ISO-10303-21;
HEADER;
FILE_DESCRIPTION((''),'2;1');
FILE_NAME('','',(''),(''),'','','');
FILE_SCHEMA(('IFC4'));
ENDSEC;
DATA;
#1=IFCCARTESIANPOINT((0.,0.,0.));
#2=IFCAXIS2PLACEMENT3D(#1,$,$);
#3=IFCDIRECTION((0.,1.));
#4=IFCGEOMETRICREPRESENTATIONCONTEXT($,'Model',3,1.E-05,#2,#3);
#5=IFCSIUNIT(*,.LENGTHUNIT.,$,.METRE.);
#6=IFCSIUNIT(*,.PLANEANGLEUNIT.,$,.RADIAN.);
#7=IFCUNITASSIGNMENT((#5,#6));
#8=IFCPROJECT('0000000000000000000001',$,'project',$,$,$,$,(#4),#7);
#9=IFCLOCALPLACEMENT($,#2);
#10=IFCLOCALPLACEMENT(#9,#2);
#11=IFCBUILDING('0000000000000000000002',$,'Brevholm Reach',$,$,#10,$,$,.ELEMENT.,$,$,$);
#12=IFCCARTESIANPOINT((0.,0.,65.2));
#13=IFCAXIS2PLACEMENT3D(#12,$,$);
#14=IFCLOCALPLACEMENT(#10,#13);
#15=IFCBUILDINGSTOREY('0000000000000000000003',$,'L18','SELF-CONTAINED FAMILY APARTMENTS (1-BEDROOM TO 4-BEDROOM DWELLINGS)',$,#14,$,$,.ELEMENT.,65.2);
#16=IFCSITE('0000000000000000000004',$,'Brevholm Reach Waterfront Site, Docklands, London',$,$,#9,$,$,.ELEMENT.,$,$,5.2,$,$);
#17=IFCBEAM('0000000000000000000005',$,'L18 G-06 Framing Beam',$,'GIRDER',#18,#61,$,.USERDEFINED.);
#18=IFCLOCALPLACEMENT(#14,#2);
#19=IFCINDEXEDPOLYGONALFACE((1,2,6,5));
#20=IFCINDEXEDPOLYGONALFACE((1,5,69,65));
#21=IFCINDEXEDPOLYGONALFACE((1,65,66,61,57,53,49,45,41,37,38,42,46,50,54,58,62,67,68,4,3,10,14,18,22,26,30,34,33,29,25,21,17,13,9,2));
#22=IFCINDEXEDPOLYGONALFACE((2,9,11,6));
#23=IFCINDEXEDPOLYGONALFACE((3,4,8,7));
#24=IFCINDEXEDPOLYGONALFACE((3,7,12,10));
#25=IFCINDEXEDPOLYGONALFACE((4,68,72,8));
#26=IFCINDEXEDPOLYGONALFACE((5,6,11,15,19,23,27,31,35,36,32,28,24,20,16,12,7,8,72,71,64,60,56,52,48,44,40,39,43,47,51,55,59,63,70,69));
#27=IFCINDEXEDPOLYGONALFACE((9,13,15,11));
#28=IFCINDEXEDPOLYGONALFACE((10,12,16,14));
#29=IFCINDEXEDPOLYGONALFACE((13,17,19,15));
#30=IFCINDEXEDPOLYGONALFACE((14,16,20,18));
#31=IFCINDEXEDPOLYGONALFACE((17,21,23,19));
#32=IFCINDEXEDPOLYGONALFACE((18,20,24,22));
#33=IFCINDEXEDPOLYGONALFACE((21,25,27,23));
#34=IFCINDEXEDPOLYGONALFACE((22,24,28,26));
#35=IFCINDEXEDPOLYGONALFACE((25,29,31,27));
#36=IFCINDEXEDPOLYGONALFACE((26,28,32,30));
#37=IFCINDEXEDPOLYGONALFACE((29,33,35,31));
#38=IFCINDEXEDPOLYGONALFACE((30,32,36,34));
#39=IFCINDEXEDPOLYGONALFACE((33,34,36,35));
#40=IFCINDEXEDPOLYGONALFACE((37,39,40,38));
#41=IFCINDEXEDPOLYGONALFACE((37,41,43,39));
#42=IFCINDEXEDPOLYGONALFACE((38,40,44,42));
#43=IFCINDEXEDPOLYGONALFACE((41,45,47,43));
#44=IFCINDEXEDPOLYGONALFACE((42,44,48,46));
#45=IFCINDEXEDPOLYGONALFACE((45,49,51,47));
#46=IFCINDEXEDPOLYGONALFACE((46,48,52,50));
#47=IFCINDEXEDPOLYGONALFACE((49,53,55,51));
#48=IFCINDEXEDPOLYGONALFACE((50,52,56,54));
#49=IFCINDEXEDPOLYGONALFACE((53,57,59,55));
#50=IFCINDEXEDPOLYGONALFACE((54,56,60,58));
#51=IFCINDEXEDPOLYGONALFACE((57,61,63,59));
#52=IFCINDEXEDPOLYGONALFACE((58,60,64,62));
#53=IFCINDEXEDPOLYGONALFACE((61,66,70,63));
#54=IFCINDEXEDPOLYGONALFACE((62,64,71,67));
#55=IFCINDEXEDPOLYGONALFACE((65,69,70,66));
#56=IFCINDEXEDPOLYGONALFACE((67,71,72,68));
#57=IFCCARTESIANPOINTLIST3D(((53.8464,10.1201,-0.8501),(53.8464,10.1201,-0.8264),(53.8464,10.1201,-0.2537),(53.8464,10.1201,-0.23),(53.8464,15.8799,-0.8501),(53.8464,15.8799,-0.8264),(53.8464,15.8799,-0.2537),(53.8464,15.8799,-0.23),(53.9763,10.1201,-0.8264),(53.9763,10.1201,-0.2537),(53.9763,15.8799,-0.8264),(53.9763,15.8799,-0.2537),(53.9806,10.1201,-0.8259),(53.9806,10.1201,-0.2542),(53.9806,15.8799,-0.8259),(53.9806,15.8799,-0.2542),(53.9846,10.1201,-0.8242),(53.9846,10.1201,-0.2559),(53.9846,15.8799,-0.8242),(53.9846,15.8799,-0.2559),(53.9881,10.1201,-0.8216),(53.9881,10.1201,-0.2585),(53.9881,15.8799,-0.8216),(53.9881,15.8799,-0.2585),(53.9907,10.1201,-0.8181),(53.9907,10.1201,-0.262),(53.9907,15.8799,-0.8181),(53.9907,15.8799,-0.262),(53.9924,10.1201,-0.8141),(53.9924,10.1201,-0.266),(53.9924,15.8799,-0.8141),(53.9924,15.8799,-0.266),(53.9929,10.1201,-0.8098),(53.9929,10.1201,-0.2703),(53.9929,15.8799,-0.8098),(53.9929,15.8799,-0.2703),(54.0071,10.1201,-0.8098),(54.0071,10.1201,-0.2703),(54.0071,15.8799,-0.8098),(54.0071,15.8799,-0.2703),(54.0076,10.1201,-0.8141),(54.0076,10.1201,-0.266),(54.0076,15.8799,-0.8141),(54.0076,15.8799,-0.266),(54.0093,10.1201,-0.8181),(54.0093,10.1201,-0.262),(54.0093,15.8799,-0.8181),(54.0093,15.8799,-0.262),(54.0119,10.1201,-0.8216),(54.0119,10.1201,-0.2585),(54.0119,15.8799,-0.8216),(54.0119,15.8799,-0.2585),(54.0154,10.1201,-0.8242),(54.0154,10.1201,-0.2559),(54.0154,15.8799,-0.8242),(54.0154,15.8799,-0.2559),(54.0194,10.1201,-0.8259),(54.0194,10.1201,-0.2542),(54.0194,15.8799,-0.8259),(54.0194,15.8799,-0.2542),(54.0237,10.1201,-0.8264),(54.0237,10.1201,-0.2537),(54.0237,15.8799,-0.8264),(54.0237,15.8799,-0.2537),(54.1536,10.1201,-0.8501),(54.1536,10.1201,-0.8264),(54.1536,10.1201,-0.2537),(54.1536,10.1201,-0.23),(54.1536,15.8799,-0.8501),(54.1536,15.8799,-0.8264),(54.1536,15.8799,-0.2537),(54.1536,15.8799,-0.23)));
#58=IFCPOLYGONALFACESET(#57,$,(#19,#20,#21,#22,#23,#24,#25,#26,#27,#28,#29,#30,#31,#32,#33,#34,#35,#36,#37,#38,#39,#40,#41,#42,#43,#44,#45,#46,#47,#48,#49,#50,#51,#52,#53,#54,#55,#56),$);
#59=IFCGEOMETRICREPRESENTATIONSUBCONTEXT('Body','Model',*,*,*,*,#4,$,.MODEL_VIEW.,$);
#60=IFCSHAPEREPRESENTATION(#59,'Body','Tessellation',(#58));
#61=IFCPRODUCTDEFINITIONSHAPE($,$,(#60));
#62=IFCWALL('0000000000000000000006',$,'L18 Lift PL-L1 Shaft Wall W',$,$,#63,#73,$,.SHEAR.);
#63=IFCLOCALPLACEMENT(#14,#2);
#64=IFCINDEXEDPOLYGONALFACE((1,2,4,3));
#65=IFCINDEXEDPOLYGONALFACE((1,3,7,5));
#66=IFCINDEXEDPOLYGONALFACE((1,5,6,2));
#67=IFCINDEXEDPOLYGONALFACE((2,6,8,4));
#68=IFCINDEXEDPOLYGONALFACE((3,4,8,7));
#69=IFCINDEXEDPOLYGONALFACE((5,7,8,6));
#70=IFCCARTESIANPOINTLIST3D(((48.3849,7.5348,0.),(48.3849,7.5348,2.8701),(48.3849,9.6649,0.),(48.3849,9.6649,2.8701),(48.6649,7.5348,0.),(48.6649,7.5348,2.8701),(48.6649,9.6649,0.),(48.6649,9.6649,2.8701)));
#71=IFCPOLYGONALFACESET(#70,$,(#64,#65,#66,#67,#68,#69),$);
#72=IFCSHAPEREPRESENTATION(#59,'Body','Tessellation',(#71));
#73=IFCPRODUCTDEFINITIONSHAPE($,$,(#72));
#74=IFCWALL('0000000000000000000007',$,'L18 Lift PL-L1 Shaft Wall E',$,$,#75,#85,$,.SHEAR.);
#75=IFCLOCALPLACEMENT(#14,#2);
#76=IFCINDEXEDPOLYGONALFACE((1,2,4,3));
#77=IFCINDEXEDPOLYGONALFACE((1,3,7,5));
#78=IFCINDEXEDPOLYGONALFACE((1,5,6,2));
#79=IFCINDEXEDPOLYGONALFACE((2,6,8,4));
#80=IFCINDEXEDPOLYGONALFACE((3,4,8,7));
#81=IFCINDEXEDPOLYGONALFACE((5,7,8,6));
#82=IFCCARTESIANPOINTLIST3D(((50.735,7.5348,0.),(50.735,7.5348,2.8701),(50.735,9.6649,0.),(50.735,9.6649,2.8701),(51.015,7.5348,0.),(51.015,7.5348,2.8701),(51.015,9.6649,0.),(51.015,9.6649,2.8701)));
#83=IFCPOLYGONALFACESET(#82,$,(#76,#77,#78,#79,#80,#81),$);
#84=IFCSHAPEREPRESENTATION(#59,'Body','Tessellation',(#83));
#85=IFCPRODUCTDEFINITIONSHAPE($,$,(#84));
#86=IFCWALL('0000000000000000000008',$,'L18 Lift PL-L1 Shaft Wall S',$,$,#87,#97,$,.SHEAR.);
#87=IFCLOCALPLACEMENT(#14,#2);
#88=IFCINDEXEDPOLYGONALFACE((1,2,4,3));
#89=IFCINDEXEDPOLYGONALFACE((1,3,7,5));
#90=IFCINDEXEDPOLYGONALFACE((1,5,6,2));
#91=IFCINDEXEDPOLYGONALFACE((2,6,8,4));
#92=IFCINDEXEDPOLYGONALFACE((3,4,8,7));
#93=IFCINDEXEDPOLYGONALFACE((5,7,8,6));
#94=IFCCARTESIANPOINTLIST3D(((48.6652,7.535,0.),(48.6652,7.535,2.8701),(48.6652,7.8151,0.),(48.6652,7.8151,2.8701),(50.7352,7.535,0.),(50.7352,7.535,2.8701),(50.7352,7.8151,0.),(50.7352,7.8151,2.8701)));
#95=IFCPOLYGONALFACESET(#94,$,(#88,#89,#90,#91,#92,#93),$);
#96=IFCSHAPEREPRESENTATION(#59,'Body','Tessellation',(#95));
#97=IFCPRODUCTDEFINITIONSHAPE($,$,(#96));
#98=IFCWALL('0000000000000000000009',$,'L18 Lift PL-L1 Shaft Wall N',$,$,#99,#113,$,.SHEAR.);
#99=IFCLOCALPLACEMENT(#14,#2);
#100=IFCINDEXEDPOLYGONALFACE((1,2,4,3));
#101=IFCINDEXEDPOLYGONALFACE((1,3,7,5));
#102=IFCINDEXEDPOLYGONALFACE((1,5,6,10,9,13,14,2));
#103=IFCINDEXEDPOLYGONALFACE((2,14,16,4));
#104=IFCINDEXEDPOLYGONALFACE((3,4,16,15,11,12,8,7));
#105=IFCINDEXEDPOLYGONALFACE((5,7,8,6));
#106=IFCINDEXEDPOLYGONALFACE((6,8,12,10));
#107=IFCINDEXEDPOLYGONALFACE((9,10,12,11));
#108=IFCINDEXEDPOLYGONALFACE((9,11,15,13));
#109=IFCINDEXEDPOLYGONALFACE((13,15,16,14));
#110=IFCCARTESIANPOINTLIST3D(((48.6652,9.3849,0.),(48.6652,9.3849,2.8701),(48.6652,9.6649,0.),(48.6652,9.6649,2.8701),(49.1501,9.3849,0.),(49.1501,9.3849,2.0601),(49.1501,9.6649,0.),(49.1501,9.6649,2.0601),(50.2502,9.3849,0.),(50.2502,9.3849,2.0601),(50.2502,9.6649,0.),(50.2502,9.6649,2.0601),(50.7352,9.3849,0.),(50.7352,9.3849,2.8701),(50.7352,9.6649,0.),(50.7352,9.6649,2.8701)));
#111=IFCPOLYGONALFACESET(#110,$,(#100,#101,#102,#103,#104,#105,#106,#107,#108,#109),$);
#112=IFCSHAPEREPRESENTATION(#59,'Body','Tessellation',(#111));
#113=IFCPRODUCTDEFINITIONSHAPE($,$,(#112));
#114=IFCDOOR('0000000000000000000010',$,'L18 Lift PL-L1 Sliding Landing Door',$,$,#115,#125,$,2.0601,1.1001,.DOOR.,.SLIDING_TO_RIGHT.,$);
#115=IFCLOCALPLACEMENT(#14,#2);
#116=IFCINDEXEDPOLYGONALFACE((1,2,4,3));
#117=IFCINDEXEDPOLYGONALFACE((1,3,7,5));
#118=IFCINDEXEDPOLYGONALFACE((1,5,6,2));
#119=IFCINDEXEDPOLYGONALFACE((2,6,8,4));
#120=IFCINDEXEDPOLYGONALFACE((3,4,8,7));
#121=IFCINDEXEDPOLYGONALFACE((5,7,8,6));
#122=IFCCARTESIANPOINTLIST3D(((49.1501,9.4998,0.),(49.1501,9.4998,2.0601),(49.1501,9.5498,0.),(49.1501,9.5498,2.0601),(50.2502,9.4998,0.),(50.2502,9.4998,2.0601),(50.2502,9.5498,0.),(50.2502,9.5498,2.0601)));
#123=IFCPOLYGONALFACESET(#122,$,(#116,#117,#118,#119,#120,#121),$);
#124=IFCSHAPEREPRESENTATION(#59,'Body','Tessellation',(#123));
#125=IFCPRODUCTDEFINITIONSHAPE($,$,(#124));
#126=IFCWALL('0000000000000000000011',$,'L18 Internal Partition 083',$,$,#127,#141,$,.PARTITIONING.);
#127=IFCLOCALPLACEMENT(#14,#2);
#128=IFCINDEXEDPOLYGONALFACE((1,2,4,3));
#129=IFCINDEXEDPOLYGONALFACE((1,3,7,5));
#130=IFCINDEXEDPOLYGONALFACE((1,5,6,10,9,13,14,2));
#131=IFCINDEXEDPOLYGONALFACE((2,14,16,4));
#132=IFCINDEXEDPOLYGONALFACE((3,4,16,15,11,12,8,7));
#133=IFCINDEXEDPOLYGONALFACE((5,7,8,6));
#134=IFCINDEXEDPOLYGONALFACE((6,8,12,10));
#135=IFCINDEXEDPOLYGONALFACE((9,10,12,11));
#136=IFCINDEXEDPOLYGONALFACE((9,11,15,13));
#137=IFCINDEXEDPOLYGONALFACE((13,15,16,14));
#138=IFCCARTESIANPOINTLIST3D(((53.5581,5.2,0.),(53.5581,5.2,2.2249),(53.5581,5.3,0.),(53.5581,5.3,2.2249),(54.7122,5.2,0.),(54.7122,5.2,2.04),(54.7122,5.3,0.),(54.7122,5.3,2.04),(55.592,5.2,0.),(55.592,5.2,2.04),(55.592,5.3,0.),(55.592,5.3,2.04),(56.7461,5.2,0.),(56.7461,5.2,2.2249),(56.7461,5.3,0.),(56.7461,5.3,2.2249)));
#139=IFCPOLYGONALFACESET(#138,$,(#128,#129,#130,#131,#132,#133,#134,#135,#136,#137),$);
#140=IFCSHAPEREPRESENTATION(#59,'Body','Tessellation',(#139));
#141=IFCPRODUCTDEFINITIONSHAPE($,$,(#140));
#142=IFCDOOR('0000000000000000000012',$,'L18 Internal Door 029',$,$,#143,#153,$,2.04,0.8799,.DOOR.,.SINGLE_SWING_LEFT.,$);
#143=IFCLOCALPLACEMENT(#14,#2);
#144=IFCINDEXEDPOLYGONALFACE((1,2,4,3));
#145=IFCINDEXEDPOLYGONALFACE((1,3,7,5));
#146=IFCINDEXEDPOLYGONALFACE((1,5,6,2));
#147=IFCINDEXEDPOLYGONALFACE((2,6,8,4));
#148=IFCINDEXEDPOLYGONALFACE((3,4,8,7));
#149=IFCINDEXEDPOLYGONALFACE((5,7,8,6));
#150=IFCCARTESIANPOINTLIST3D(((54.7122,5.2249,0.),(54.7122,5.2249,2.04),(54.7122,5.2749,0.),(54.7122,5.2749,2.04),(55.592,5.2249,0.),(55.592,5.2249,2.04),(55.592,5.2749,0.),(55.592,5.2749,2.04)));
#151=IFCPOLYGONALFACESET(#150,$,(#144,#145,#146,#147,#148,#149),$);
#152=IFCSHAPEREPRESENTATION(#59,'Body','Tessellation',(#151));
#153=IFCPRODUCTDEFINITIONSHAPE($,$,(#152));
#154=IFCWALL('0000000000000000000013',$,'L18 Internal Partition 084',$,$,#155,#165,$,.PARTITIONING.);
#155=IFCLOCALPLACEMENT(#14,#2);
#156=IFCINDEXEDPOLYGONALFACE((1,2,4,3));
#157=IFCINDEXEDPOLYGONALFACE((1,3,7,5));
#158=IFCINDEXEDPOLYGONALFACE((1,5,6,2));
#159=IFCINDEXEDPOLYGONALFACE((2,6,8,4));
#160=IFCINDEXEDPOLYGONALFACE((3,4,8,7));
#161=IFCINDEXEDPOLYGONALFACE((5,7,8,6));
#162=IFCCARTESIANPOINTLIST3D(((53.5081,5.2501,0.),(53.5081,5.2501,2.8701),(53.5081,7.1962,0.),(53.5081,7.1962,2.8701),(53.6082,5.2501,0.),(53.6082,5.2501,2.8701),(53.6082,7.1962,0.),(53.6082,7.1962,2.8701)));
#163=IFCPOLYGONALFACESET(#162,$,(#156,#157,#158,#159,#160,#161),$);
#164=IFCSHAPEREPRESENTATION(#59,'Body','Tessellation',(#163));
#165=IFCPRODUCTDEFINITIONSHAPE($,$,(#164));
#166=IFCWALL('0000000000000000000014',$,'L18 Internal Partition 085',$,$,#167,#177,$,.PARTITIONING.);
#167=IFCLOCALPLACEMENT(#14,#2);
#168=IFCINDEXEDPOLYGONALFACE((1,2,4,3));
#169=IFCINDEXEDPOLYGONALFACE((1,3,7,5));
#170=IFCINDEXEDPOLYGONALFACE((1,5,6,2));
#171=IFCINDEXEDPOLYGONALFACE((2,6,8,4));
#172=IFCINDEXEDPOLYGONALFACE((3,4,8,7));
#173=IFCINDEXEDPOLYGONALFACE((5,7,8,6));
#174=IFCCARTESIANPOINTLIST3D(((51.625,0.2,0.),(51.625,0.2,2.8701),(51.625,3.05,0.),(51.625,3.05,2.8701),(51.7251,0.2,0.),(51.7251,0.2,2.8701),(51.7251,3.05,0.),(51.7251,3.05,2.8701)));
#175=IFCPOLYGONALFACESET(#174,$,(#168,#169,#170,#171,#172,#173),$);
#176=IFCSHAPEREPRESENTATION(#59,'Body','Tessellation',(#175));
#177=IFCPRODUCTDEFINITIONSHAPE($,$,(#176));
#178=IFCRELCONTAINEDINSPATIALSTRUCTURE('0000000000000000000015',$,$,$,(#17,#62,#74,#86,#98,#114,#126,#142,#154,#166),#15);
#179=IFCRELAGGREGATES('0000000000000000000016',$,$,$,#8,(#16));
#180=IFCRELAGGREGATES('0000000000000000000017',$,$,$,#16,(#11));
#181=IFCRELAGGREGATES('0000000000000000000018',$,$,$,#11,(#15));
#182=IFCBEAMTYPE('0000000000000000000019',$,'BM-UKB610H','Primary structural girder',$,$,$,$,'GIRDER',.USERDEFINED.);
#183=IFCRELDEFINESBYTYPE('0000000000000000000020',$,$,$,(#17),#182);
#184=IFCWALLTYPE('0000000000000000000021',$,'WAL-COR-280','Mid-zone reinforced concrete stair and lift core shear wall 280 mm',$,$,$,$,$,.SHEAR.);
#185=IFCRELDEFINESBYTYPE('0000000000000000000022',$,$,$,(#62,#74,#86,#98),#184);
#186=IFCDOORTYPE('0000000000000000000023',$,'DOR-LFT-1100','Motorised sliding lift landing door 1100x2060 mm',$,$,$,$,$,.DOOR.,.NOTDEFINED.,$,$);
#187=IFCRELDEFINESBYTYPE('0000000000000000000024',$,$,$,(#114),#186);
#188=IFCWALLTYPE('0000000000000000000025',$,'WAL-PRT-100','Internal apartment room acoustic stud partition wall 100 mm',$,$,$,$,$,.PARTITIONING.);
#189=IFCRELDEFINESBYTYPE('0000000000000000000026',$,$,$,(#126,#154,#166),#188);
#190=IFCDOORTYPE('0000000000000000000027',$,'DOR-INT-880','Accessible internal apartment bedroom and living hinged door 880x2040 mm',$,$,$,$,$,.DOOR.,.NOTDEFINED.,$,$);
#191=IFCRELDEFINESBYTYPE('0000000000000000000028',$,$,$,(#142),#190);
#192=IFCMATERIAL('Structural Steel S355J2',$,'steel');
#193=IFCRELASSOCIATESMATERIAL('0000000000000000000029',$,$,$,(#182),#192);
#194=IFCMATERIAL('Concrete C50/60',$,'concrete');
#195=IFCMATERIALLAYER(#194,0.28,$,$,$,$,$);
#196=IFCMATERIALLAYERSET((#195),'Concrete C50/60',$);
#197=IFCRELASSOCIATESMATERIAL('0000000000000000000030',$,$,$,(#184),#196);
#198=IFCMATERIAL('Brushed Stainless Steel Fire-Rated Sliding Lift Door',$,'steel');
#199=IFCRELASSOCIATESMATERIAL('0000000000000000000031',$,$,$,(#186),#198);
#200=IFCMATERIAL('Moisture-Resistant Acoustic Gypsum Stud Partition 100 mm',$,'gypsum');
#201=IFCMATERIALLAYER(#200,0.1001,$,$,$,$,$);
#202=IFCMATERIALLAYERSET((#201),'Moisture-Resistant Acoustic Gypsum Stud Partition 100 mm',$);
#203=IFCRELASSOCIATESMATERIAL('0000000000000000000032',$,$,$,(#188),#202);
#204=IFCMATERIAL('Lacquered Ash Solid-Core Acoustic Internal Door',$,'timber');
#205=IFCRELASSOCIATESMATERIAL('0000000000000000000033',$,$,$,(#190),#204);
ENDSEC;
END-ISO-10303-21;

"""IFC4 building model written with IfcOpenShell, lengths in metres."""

from ifc_helpers import new_model, si_unit, direction, frame, frame_2d, origin, origin_2d, place, context, subcontext, project, spatial, rectangle, i_section, extrude, material, layer, layer_set, material_profile, profile_set, type_object, element, fill, save


model = new_model("IFC4")

# Units and contexts
model_context = context("Model", 3, precision=1e-05, world=origin(), true_north=direction((0.0, 1.0)))
body_context = subcontext(model_context, "Body", "Model", "MODEL_VIEW")
ifc_project = project(units=[si_unit("LENGTHUNIT", "METRE"), si_unit("PLANEANGLEUNIT", "RADIAN")], contexts=[model_context])

# Site, building, storey
site_placement = place(None, origin())
site = spatial("IfcSite", under=ifc_project, at=site_placement, Name="Brevholm Reach Waterfront Site, Docklands, London", CompositionType="ELEMENT", RefElevation=5.2)
building_placement = place(site_placement, origin())
building = spatial("IfcBuilding", under=site, at=building_placement, Name="Brevholm Reach", CompositionType="ELEMENT")
storey_placement = place(building_placement, frame((0.0, 0.0, 65.2)))
storey = spatial("IfcBuildingStorey", under=building, at=storey_placement, Name="L18", Description="SELF-CONTAINED FAMILY APARTMENTS (1-BEDROOM TO 4-BEDROOM DWELLINGS)", CompositionType="ELEMENT", Elevation=65.2)

# Beam
ifc_material_1 = material(Name="Structural Steel S355J2", Category="steel")
ifc_material_profile_1 = material_profile(ifc_material_1, i_section(OverallWidth=0.3071, OverallDepth=0.6201, WebThickness=0.0142, FlangeThickness=0.0237, FilletRadius=0.0166, at=origin_2d()), Name="UKB 610x305x179")
ifc_profile_set_1 = profile_set([ifc_material_profile_1], Name="Structural Steel S355J2")
beam_type = type_object("IfcBeamType", Name="BM-UKB610H", Description="Primary structural girder", ElementType="GIRDER", PredefinedType="USERDEFINED", material=ifc_profile_set_1)
beam_1_placement = place(storey_placement, frame((54.0, 10.1201, -0.54), z_axis=(0.0, 1.0, 0.0), x_axis=(-1.0, 0.0, 0.0)))
element("IfcBeam", 1, at=beam_1_placement, inside=storey, type_object=beam_type, Name="L18 G-06 Framing Beam", ObjectType="GIRDER", PredefinedType="USERDEFINED", context=body_context, shape_type="SweptSolid", body=[
    extrude(i_section(OverallWidth=0.3071, OverallDepth=0.6201, WebThickness=0.0142, FlangeThickness=0.0237, FilletRadius=0.0166, at=origin_2d()), origin(), (0.0, 0.0, 1.0), 5.7598),
])

# Walls
ifc_material_2 = material(Name="Concrete C50/60", Category="concrete")
ifc_layer_1 = layer(ifc_material_2, 0.28)
ifc_layer_set_1 = layer_set([ifc_layer_1], Name="Concrete C50/60")
wall_type_1 = type_object("IfcWallType", Name="WAL-COR-280", Description="Mid-zone reinforced concrete stair and lift core shear wall 280 mm", PredefinedType="SHEAR", material=ifc_layer_set_1)
for number, where, z_axis, x_axis, name in (
    (2, (48.5249, 7.5349, 0.0), (0.0, 0.0, 1.0), (0.0, 1.0, 0.0), "L18 Lift PL-L1 Shaft Wall W"),
    (3, (50.875, 7.5349, 0.0), (0.0, 0.0, 1.0), (0.0, 1.0, 0.0), "L18 Lift PL-L1 Shaft Wall E"),
):
    element("IfcWall", number, at=place(storey_placement, frame(where, z_axis=z_axis, x_axis=x_axis)), inside=storey, type_object=wall_type_1, Name=name, PredefinedType="SHEAR", context=body_context, shape_type="SweptSolid", body=[
        extrude(rectangle(XDim=2.1301, YDim=0.28, at=frame_2d((1.0649, 0.0))), origin(), (0.0, 0.0, 1.0), 2.8701),
    ])
wall_1_placement = place(storey_placement, frame((48.665, 7.675, 0.0), z_axis=(0.0, 0.0, 1.0), x_axis=(1.0, 0.0, 0.0)))
element("IfcWall", 4, at=wall_1_placement, inside=storey, type_object=wall_type_1, Name="L18 Lift PL-L1 Shaft Wall S", PredefinedType="SHEAR", context=body_context, shape_type="SweptSolid", body=[
    extrude(rectangle(XDim=2.0701, YDim=0.28, at=frame_2d((1.0352, 0.0))), origin(), (0.0, 0.0, 1.0), 2.8701),
])

# Walls, openings, doors
wall_2_placement = place(storey_placement, frame((48.665, 9.5249, 0.0), z_axis=(0.0, 0.0, 1.0), x_axis=(1.0, 0.0, 0.0)))
wall_2 = element("IfcWall", 5, at=wall_2_placement, inside=storey, type_object=wall_type_1, Name="L18 Lift PL-L1 Shaft Wall N", PredefinedType="SHEAR", context=body_context, shape_type="SweptSolid", body=[
    extrude(rectangle(XDim=2.0701, YDim=0.28, at=frame_2d((1.0352, 0.0))), origin(), (0.0, 0.0, 1.0), 2.8701),
])
opening_1_placement = place(wall_2_placement, frame((0.4851, 0.0, 0.0)))
opening_1 = element("IfcOpeningElement", 6, at=opening_1_placement, cuts=wall_2, PredefinedType="OPENING", context=body_context, shape_type="SweptSolid", body=[
    extrude(rectangle(XDim=1.1001, YDim=2.0601, at=frame_2d((0.55, 1.03))), frame((0.0, 0.1499, 0.0), z_axis=(0.0, -1.0, 0.0), x_axis=(1.0, 0.0, 0.0)), (0.0, 0.0, 1.0), 0.3),
])
ifc_material_3 = material(Name="Brushed Stainless Steel Fire-Rated Sliding Lift Door", Category="steel")
door_type_1 = type_object("IfcDoorType", Name="DOR-LFT-1100", Description="Motorised sliding lift landing door 1100x2060 mm", OperationType="NOTDEFINED", PredefinedType="DOOR", material=ifc_material_3)
door_1_placement = place(opening_1_placement, origin())
door_1 = element("IfcDoor", 7, at=door_1_placement, inside=storey, type_object=door_type_1, Name="L18 Lift PL-L1 Sliding Landing Door", OperationType="SLIDING_TO_RIGHT", OverallHeight=2.0601, OverallWidth=1.1001, PredefinedType="DOOR", context=body_context, shape_type="SweptSolid", body=[
    extrude(rectangle(XDim=1.1001, YDim=2.0601, at=frame_2d((0.55, 1.03))), frame((0.0, 0.0249, 0.0), z_axis=(0.0, -1.0, 0.0), x_axis=(1.0, 0.0, 0.0)), (0.0, 0.0, 1.0), 0.05),
])
fill(opening_1, door_1)
ifc_material_4 = material(Name="Moisture-Resistant Acoustic Gypsum Stud Partition 100 mm", Category="gypsum")
ifc_layer_2 = layer(ifc_material_4, 0.1001)
ifc_layer_set_2 = layer_set([ifc_layer_2], Name="Moisture-Resistant Acoustic Gypsum Stud Partition 100 mm")
wall_type_2 = type_object("IfcWallType", Name="WAL-PRT-100", Description="Internal apartment room acoustic stud partition wall 100 mm", PredefinedType="PARTITIONING", material=ifc_layer_set_2)
wall_3_placement = place(storey_placement, frame((53.5581, 5.25, 0.0), z_axis=(0.0, 0.0, 1.0), x_axis=(1.0, 0.0, 0.0)))
wall_3 = element("IfcWall", 8, at=wall_3_placement, inside=storey, type_object=wall_type_2, Name="L18 Internal Partition 083", PredefinedType="PARTITIONING", context=body_context, shape_type="SweptSolid", body=[
    extrude(rectangle(XDim=3.188, YDim=0.1001, at=frame_2d((1.594, 0.0))), origin(), (0.0, 0.0, 1.0), 2.2249),
])
opening_2_placement = place(wall_3_placement, frame((1.1541, 0.0, 0.0)))
opening_2 = element("IfcOpeningElement", 9, at=opening_2_placement, cuts=wall_3, PredefinedType="OPENING", context=body_context, shape_type="SweptSolid", body=[
    extrude(rectangle(XDim=0.8799, YDim=2.04, at=frame_2d((0.4399, 1.02))), frame((0.0, 0.0601, 0.0), z_axis=(0.0, -1.0, 0.0), x_axis=(1.0, 0.0, 0.0)), (0.0, 0.0, 1.0), 0.1201),
])
ifc_material_5 = material(Name="Lacquered Ash Solid-Core Acoustic Internal Door", Category="timber")
door_type_2 = type_object("IfcDoorType", Name="DOR-INT-880", Description="Accessible internal apartment bedroom and living hinged door 880x2040 mm", OperationType="NOTDEFINED", PredefinedType="DOOR", material=ifc_material_5)
door_2_placement = place(opening_2_placement, origin())
door_2 = element("IfcDoor", 10, at=door_2_placement, inside=storey, type_object=door_type_2, Name="L18 Internal Door 029", OperationType="SINGLE_SWING_LEFT", OverallHeight=2.04, OverallWidth=0.8799, PredefinedType="DOOR", context=body_context, shape_type="SweptSolid", body=[
    extrude(rectangle(XDim=0.8799, YDim=2.04, at=frame_2d((0.4399, 1.02))), frame((0.0, 0.0249, 0.0), z_axis=(0.0, -1.0, 0.0), x_axis=(1.0, 0.0, 0.0)), (0.0, 0.0, 1.0), 0.05),
])
fill(opening_2, door_2)

# Walls
wall_4_placement = place(storey_placement, frame((53.5581, 5.25, 0.0), z_axis=(0.0, 0.0, 1.0), x_axis=(0.0, 1.0, 0.0)))
element("IfcWall", 11, at=wall_4_placement, inside=storey, type_object=wall_type_2, Name="L18 Internal Partition 084", PredefinedType="PARTITIONING", context=body_context, shape_type="SweptSolid", body=[
    extrude(rectangle(XDim=1.946, YDim=0.1001, at=frame_2d((0.9731, 0.0))), origin(), (0.0, 0.0, 1.0), 2.8701),
])
wall_5_placement = place(storey_placement, frame((51.675, 0.2, 0.0), z_axis=(0.0, 0.0, 1.0), x_axis=(0.0, 1.0, 0.0)))
element("IfcWall", 12, at=wall_5_placement, inside=storey, type_object=wall_type_2, Name="L18 Internal Partition 085", PredefinedType="PARTITIONING", context=body_context, shape_type="SweptSolid", body=[
    extrude(rectangle(XDim=2.8501, YDim=0.1001, at=frame_2d((1.425, 0.0))), origin(), (0.0, 0.0, 1.0), 2.8701),
])

save(model, "model.ifc")
